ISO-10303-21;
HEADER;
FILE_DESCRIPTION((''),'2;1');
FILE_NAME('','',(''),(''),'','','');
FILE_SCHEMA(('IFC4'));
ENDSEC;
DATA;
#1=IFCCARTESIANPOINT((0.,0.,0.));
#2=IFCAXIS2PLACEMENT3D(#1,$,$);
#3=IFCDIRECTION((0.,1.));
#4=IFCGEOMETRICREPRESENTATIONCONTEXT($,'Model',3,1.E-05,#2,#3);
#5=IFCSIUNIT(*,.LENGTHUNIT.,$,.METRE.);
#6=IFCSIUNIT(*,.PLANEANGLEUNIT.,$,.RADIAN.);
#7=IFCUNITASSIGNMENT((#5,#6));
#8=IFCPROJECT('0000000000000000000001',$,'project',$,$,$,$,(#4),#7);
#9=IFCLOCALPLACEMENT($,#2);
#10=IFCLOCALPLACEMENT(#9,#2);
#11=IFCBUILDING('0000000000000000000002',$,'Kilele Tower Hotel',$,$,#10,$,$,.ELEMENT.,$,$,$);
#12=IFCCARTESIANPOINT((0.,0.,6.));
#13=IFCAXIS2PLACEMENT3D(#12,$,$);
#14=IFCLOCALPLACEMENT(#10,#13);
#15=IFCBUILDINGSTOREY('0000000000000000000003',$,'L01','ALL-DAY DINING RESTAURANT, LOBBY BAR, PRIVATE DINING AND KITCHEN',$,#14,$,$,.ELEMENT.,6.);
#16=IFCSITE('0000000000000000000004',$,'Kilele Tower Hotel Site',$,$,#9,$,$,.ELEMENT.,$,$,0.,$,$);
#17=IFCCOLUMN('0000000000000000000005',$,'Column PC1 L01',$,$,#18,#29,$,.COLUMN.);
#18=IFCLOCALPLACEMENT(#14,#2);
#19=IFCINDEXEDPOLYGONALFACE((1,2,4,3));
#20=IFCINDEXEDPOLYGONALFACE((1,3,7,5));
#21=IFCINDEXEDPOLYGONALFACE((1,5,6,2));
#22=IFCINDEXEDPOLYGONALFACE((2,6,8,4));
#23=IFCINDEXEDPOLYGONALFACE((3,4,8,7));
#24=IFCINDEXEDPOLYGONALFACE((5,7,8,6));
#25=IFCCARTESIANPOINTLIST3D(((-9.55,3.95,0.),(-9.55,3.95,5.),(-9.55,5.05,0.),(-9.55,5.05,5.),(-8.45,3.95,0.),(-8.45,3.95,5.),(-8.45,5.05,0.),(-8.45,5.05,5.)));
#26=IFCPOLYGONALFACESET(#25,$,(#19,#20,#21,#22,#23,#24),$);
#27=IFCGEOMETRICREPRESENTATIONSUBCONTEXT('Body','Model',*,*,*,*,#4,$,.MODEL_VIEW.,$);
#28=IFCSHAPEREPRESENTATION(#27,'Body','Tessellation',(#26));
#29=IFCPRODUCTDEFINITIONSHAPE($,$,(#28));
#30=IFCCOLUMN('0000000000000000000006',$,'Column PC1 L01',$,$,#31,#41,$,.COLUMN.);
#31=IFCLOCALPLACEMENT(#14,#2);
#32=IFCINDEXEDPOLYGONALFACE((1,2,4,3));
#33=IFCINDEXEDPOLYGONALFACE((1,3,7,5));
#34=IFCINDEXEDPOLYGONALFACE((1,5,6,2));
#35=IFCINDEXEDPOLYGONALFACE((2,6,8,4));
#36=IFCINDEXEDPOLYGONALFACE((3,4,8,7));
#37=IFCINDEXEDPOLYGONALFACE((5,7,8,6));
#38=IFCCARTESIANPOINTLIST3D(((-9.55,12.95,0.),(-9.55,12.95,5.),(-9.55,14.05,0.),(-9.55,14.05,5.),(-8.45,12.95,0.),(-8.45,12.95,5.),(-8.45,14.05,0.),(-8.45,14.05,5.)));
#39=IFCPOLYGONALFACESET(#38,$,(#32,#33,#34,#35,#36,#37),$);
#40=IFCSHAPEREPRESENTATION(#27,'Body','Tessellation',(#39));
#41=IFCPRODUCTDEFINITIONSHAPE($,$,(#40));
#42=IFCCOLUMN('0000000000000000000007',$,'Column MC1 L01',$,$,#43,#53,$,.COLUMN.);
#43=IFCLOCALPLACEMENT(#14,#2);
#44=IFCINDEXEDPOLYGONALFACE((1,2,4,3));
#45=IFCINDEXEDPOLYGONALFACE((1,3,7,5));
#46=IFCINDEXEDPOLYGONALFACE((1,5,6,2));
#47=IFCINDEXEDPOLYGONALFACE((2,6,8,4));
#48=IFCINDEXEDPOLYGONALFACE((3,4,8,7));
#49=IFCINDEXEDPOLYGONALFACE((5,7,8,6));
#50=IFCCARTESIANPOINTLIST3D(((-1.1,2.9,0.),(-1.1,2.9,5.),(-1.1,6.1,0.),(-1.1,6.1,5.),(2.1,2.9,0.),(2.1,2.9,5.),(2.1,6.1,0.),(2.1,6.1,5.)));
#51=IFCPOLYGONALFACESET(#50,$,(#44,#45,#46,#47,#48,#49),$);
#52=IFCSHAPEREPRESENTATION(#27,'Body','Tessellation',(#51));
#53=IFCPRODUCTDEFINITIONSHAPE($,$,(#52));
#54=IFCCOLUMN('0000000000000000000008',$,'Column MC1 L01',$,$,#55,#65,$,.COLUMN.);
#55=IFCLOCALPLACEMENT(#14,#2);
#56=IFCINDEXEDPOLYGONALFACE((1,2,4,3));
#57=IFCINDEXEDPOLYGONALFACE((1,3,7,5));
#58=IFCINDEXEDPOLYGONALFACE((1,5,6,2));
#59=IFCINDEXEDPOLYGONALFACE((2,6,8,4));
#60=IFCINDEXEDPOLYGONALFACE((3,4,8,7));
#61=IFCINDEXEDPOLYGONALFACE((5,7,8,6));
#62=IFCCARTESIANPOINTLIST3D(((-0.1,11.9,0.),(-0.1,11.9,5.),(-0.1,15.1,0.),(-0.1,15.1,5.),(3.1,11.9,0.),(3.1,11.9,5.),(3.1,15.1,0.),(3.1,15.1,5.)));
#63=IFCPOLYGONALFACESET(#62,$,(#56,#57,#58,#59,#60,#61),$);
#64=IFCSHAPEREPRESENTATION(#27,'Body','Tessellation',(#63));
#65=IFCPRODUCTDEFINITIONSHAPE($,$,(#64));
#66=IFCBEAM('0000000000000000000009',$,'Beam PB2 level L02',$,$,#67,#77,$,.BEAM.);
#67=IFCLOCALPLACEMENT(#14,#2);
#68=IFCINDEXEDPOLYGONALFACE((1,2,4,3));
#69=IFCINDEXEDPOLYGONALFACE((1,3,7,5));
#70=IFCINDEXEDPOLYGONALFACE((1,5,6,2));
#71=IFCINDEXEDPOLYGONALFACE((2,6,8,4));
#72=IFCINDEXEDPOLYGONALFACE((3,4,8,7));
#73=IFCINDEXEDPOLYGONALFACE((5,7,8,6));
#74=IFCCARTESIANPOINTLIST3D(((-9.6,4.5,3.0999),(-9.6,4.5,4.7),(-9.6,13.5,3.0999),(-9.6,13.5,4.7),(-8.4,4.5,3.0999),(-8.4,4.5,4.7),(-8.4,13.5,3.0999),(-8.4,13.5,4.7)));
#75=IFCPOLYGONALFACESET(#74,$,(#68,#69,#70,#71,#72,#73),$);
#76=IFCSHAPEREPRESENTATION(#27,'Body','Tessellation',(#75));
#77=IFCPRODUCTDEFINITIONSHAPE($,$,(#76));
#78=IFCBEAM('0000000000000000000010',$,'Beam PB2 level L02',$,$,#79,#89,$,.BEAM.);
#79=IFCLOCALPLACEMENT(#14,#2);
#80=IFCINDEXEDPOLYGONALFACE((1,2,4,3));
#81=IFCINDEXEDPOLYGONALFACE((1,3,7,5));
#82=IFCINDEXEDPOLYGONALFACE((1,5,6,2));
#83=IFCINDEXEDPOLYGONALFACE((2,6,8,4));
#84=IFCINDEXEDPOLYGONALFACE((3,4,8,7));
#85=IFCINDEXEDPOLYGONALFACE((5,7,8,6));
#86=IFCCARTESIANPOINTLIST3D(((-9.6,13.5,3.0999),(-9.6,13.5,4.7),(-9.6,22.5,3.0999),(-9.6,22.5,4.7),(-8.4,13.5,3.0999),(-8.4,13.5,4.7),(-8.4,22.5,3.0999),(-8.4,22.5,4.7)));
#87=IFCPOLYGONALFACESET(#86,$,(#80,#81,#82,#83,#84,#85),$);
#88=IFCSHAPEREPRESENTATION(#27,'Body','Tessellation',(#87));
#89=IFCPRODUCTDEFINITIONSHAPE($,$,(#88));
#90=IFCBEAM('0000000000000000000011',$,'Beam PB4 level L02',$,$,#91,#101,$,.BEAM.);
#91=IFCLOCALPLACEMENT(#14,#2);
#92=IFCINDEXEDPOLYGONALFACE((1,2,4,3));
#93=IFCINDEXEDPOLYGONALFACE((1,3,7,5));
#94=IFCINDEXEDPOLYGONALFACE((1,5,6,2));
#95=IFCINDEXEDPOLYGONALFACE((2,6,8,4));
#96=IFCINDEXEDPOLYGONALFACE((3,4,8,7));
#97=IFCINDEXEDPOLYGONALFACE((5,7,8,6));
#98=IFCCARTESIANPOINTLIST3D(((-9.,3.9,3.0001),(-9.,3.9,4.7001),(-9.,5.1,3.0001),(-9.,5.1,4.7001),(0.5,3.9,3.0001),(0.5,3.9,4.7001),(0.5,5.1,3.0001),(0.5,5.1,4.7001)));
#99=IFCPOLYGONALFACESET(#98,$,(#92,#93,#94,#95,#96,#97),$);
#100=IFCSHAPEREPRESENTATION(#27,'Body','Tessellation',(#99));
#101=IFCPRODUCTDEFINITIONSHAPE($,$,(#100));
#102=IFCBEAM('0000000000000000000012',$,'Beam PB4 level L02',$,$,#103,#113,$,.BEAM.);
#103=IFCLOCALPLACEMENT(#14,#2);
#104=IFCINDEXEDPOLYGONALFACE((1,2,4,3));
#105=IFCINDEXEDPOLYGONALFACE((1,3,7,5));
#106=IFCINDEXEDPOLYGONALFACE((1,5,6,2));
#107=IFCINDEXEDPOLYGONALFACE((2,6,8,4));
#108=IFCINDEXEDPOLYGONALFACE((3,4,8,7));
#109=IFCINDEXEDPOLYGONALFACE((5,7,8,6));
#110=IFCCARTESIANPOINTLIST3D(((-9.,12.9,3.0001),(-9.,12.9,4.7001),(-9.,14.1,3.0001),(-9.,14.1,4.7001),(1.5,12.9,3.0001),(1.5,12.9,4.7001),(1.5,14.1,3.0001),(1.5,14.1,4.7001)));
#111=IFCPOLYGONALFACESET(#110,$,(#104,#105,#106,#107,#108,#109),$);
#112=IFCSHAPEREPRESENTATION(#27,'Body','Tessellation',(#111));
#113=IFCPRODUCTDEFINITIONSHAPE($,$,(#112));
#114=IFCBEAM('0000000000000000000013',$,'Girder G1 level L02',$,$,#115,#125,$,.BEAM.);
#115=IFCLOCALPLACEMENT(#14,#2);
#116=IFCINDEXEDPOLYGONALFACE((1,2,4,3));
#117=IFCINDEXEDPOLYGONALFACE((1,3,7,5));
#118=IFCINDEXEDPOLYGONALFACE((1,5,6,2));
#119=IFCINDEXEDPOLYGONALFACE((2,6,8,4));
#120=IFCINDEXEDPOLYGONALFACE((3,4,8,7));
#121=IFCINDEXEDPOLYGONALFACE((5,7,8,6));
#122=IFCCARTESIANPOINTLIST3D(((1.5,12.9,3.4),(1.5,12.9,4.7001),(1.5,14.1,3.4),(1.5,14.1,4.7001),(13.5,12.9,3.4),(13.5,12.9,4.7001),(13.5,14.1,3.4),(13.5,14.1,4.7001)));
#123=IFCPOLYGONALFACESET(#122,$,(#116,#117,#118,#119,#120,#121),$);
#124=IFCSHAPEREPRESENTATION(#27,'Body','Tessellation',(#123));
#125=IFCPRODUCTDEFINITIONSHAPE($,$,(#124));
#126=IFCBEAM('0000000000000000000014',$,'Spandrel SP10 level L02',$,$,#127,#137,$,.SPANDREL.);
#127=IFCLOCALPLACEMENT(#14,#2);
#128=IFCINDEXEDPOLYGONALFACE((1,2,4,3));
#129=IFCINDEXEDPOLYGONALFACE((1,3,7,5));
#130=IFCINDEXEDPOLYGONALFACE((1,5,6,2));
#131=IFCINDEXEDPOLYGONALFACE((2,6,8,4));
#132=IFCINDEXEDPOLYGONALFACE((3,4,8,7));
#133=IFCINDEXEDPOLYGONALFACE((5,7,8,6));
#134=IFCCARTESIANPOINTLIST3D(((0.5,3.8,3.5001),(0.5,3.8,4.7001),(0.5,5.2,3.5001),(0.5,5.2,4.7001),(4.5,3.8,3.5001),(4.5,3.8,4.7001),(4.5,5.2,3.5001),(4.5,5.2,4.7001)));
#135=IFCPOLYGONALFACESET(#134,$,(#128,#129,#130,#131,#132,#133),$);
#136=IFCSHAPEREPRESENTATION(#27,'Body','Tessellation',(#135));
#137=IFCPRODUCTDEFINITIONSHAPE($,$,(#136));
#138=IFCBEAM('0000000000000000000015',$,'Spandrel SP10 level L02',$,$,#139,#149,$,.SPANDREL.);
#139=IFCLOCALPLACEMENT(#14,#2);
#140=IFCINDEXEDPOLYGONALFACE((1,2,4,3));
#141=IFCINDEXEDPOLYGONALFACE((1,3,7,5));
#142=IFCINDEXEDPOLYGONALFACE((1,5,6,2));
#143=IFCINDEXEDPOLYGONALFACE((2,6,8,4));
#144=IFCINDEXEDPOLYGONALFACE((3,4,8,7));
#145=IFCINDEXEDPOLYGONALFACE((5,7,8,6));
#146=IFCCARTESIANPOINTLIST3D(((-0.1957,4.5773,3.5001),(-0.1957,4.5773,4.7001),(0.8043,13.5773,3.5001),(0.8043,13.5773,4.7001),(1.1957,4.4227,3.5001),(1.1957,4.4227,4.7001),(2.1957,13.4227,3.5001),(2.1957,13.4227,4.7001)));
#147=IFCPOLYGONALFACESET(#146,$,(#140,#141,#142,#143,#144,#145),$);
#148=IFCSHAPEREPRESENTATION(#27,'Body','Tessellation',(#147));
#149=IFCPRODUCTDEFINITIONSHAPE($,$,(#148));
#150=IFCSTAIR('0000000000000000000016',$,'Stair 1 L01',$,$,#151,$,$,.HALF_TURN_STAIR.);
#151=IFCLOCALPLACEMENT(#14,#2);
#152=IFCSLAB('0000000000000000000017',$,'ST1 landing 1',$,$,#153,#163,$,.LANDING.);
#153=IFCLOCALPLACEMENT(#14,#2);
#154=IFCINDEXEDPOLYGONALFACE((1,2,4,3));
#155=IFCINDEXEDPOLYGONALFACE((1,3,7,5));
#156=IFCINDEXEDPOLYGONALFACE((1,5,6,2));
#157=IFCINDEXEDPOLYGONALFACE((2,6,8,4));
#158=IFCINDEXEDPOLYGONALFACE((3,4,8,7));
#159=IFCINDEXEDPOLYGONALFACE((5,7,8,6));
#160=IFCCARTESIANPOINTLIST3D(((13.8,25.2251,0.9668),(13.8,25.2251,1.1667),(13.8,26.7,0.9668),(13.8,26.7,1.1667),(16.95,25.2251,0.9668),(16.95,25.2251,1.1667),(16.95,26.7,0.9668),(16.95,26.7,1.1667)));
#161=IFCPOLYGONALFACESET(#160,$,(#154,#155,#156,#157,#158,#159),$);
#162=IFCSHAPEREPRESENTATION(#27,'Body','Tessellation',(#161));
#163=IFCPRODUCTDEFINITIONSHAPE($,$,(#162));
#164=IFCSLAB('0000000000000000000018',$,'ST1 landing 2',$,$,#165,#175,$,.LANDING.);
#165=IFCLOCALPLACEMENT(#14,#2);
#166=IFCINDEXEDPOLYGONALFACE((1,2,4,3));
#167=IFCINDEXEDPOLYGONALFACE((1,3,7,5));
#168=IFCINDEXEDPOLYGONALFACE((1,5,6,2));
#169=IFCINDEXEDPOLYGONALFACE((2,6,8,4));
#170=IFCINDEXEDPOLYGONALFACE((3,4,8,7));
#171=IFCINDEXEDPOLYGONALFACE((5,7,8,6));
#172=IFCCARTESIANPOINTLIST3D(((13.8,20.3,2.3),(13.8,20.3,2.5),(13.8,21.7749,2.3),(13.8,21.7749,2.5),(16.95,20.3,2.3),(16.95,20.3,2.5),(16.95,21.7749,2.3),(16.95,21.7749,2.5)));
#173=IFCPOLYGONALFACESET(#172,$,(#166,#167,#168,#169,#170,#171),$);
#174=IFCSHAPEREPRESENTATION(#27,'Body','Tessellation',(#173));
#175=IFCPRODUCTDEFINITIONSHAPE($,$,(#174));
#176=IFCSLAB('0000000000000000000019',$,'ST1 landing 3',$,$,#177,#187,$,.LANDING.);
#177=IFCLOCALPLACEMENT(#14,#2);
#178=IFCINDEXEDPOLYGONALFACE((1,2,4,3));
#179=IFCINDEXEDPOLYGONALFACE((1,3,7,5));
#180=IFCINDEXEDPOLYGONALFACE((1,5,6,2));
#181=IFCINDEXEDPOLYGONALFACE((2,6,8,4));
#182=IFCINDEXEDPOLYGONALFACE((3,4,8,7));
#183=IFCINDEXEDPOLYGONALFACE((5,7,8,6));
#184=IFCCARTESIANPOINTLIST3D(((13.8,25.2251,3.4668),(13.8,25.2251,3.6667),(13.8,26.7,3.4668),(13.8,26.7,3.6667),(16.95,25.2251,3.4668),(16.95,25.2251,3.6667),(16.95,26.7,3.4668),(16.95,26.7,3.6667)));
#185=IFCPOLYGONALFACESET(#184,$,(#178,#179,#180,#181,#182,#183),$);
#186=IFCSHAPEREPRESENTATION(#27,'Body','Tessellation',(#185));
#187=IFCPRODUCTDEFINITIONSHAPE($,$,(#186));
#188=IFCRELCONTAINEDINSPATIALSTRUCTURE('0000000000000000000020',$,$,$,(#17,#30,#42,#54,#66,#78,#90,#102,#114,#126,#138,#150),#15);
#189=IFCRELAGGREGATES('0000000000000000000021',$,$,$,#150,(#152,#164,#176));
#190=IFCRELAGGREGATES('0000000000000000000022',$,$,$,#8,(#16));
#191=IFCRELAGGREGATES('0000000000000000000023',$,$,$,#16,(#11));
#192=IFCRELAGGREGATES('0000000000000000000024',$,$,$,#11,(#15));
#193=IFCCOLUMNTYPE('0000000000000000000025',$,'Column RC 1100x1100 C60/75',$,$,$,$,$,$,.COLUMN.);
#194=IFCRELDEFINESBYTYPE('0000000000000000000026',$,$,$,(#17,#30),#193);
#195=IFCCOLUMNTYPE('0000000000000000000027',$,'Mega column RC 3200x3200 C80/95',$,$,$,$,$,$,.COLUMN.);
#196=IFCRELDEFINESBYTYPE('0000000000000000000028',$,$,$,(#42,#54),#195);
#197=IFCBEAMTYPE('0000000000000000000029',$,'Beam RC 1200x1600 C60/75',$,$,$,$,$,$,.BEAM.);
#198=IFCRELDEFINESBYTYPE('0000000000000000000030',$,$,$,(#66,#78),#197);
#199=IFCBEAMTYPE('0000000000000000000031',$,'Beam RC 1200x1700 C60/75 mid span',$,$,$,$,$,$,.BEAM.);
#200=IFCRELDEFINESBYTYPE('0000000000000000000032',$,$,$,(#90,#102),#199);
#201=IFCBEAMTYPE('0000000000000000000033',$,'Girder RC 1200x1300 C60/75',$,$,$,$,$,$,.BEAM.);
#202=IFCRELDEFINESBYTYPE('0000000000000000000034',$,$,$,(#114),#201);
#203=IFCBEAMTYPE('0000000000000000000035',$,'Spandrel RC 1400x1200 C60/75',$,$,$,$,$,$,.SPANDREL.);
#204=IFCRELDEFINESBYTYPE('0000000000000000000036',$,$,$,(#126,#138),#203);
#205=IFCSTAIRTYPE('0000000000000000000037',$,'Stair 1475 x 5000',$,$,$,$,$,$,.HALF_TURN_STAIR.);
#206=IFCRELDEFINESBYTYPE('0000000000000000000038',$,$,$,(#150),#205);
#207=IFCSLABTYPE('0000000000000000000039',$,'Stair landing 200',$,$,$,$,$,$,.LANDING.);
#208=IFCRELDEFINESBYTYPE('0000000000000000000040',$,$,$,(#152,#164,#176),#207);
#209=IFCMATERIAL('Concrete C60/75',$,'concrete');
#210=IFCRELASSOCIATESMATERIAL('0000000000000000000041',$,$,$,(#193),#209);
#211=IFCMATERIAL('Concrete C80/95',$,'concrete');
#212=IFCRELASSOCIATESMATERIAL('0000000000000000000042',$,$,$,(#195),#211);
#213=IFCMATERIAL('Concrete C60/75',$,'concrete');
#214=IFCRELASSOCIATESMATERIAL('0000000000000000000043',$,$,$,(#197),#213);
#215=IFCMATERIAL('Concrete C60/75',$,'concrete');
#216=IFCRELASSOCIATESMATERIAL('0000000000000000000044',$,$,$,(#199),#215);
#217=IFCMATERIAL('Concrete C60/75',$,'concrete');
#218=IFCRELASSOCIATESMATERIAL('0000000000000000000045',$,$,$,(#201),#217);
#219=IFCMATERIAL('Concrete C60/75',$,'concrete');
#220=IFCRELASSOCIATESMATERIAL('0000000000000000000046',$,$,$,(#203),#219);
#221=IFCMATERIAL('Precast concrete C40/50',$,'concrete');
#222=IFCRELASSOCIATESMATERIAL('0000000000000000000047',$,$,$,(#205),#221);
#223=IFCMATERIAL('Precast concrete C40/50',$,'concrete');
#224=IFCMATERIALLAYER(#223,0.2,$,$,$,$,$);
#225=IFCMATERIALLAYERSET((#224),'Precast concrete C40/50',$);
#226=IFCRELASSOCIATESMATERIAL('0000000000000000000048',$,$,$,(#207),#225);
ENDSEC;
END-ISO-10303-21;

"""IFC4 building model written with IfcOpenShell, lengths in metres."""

from ifc_helpers import new_model, si_unit, direction, frame, origin, origin_2d, place, context, subcontext, project, spatial, polyline, rectangle, outline, extrude, material, layer, layer_set, material_profile, profile_set, type_object, element, aggregate, save


model = new_model("IFC4")

# Units and contexts
model_context = context("Model", 3, precision=1e-05, world=origin(), true_north=direction((0.0, 1.0)))
body_context = subcontext(model_context, "Body", "Model", "MODEL_VIEW")
ifc_project = project(units=[si_unit("LENGTHUNIT", "METRE"), si_unit("PLANEANGLEUNIT", "RADIAN")], contexts=[model_context])

# Site, building, storey
site_placement = place(None, origin())
site = spatial("IfcSite", under=ifc_project, at=site_placement, Name="Kilele Tower Hotel Site", CompositionType="ELEMENT", RefElevation=0.0)
building_placement = place(site_placement, origin())
building = spatial("IfcBuilding", under=site, at=building_placement, Name="Kilele Tower Hotel", CompositionType="ELEMENT")
storey_placement = place(building_placement, frame((0.0, 0.0, 6.0)))
storey = spatial("IfcBuildingStorey", under=building, at=storey_placement, Name="L01", Description="ALL-DAY DINING RESTAURANT, LOBBY BAR, PRIVATE DINING AND KITCHEN", CompositionType="ELEMENT", Elevation=6.0)

# Columns
ifc_material_1 = material(Name="Concrete C60/75", Category="concrete")
ifc_material_profile_1 = material_profile(ifc_material_1, rectangle(XDim=1.1001, YDim=1.1001, at=origin_2d()))
ifc_profile_set_1 = profile_set([ifc_material_profile_1], Name="Concrete C60/75")
column_type_1 = type_object("IfcColumnType", Name="Column RC 1100x1100 C60/75", PredefinedType="COLUMN", material=ifc_profile_set_1)
for number, where, z_axis, x_axis, name in (
    (1, (-9.0, 4.5, 0.0), (0.0, 0.0, 1.0), (1.0, 0.0, 0.0), "Column PC1 L01"),
    (2, (-9.0, 13.5, 0.0), (0.0, 0.0, 1.0), (1.0, 0.0, 0.0), "Column PC1 L01"),
):
    element("IfcColumn", number, at=place(storey_placement, frame(where, z_axis=z_axis, x_axis=x_axis)), inside=storey, type_object=column_type_1, Name=name, PredefinedType="COLUMN", context=body_context, shape_type="SweptSolid", body=[
        extrude(rectangle(XDim=1.1001, YDim=1.1001, at=origin_2d()), origin(), (0.0, 0.0, 1.0), 5.0),
    ])
ifc_material_2 = material(Name="Concrete C80/95", Category="concrete")
ifc_material_profile_2 = material_profile(ifc_material_2, rectangle(XDim=3.2, YDim=3.2, at=origin_2d()))
ifc_profile_set_2 = profile_set([ifc_material_profile_2], Name="Concrete C80/95")
column_type_2 = type_object("IfcColumnType", Name="Mega column RC 3200x3200 C80/95", PredefinedType="COLUMN", material=ifc_profile_set_2)
for number, where, z_axis, x_axis, name in (
    (3, (0.5, 4.5, 0.0), (0.0, 0.0, 1.0), (1.0, 0.0, 0.0), "Column MC1 L01"),
    (4, (1.5, 13.5, 0.0), (0.0, 0.0, 1.0), (1.0, 0.0, 0.0), "Column MC1 L01"),
):
    element("IfcColumn", number, at=place(storey_placement, frame(where, z_axis=z_axis, x_axis=x_axis)), inside=storey, type_object=column_type_2, Name=name, PredefinedType="COLUMN", context=body_context, shape_type="SweptSolid", body=[
        extrude(rectangle(XDim=3.2, YDim=3.2, at=origin_2d()), origin(), (0.0, 0.0, 1.0), 5.0),
    ])

# Beams
ifc_material_3 = material(Name="Concrete C60/75", Category="concrete")
ifc_material_profile_3 = material_profile(ifc_material_3, rectangle(XDim=1.2, YDim=1.6001, at=origin_2d()))
ifc_profile_set_3 = profile_set([ifc_material_profile_3], Name="Concrete C60/75")
beam_type_1 = type_object("IfcBeamType", Name="Beam RC 1200x1600 C60/75", PredefinedType="BEAM", material=ifc_profile_set_3)
for number, where, z_axis, x_axis, name in (
    (5, (-9.0, 4.5, 3.8999), (0.0, 1.0, 0.0), (-1.0, 0.0, 0.0), "Beam PB2 level L02"),
    (6, (-9.0, 13.5, 3.8999), (0.0, 1.0, 0.0), (-1.0, 0.0, 0.0), "Beam PB2 level L02"),
):
    element("IfcBeam", number, at=place(storey_placement, frame(where, z_axis=z_axis, x_axis=x_axis)), inside=storey, type_object=beam_type_1, Name=name, PredefinedType="BEAM", context=body_context, shape_type="SweptSolid", body=[
        extrude(rectangle(XDim=1.2, YDim=1.6001, at=origin_2d()), origin(), (0.0, 0.0, 1.0), 9.0),
    ])
ifc_material_4 = material(Name="Concrete C60/75", Category="concrete")
ifc_material_profile_4 = material_profile(ifc_material_4, rectangle(XDim=1.2, YDim=1.7, at=origin_2d()))
ifc_profile_set_4 = profile_set([ifc_material_profile_4], Name="Concrete C60/75")
beam_type_2 = type_object("IfcBeamType", Name="Beam RC 1200x1700 C60/75 mid span", PredefinedType="BEAM", material=ifc_profile_set_4)
beam_1_placement = place(storey_placement, frame((-9.0, 4.5, 3.8501), z_axis=(1.0, 0.0, 0.0), x_axis=(0.0, 1.0, 0.0)))
element("IfcBeam", 7, at=beam_1_placement, inside=storey, type_object=beam_type_2, Name="Beam PB4 level L02", PredefinedType="BEAM", context=body_context, shape_type="SweptSolid", body=[
    extrude(rectangle(XDim=1.2, YDim=1.7, at=origin_2d()), origin(), (0.0, 0.0, 1.0), 9.5),
])
beam_2_placement = place(storey_placement, frame((-9.0, 13.5, 3.8501), z_axis=(1.0, 0.0, 0.0), x_axis=(0.0, 1.0, 0.0)))
element("IfcBeam", 8, at=beam_2_placement, inside=storey, type_object=beam_type_2, Name="Beam PB4 level L02", PredefinedType="BEAM", context=body_context, shape_type="SweptSolid", body=[
    extrude(rectangle(XDim=1.2, YDim=1.7, at=origin_2d()), origin(), (0.0, 0.0, 1.0), 10.5),
])
ifc_material_5 = material(Name="Concrete C60/75", Category="concrete")
ifc_material_profile_5 = material_profile(ifc_material_5, rectangle(XDim=1.2, YDim=1.3, at=origin_2d()))
ifc_profile_set_5 = profile_set([ifc_material_profile_5], Name="Concrete C60/75")
beam_type_3 = type_object("IfcBeamType", Name="Girder RC 1200x1300 C60/75", PredefinedType="BEAM", material=ifc_profile_set_5)
beam_3_placement = place(storey_placement, frame((1.5, 13.5, 4.05), z_axis=(1.0, 0.0, 0.0), x_axis=(0.0, 1.0, 0.0)))
element("IfcBeam", 9, at=beam_3_placement, inside=storey, type_object=beam_type_3, Name="Girder G1 level L02", PredefinedType="BEAM", context=body_context, shape_type="SweptSolid", body=[
    extrude(rectangle(XDim=1.2, YDim=1.3, at=origin_2d()), origin(), (0.0, 0.0, 1.0), 12.0),
])
ifc_material_6 = material(Name="Concrete C60/75", Category="concrete")
ifc_material_profile_6 = material_profile(ifc_material_6, rectangle(XDim=1.3999, YDim=1.2, at=origin_2d()))
ifc_profile_set_6 = profile_set([ifc_material_profile_6], Name="Concrete C60/75")
beam_type_4 = type_object("IfcBeamType", Name="Spandrel RC 1400x1200 C60/75", PredefinedType="SPANDREL", material=ifc_profile_set_6)
beam_4_placement = place(storey_placement, frame((0.5, 4.5, 4.1001), z_axis=(1.0, 0.0, 0.0), x_axis=(0.0, 1.0, 0.0)))
element("IfcBeam", 10, at=beam_4_placement, inside=storey, type_object=beam_type_4, Name="Spandrel SP10 level L02", PredefinedType="SPANDREL", context=body_context, shape_type="SweptSolid", body=[
    extrude(rectangle(XDim=1.3999, YDim=1.2, at=origin_2d()), origin(), (0.0, 0.0, 1.0), 4.0),
])
beam_5_placement = place(storey_placement, frame((1.5, 13.5, 4.1001), z_axis=(-0.110432, -0.993884, 0.0), x_axis=(0.993884, -0.110432, 0.0)))
element("IfcBeam", 11, at=beam_5_placement, inside=storey, type_object=beam_type_4, Name="Spandrel SP10 level L02", PredefinedType="SPANDREL", context=body_context, shape_type="SweptSolid", body=[
    extrude(rectangle(XDim=1.3999, YDim=1.2, at=origin_2d()), origin(), (0.0, 0.0, 1.0), 9.0554),
])

# Stair, slabs
ifc_material_7 = material(Name="Precast concrete C40/50", Category="concrete")
stair_type_1 = type_object("IfcStairType", Name="Stair 1475 x 5000", PredefinedType="HALF_TURN_STAIR", material=ifc_material_7)
stair_1_placement = place(storey_placement, origin())
stair_1 = element("IfcStair", 12, at=stair_1_placement, inside=storey, type_object=stair_type_1, Name="Stair 1 L01", PredefinedType="HALF_TURN_STAIR")
ifc_material_8 = material(Name="Precast concrete C40/50", Category="concrete")
ifc_layer_1 = layer(ifc_material_8, 0.2)
ifc_layer_set_1 = layer_set([ifc_layer_1], Name="Precast concrete C40/50")
slab_type = type_object("IfcSlabType", Name="Stair landing 200", PredefinedType="LANDING", material=ifc_layer_set_1)
slab_1_placement = place(storey_placement, frame((0.0, 0.0, 0.9668)))
slab_1 = element("IfcSlab", 13, at=slab_1_placement, type_object=slab_type, Name="ST1 landing 1", PredefinedType="LANDING", context=body_context, shape_type="SweptSolid", body=[
    extrude(outline(polyline([(13.8, 25.2251), (16.95, 25.2251), (16.95, 26.7), (13.8, 26.7), (13.8, 25.2251)])), origin(), (0.0, 0.0, 1.0), 0.2),
])
slab_2_placement = place(storey_placement, frame((0.0, 0.0, 2.3)))
slab_2 = element("IfcSlab", 14, at=slab_2_placement, type_object=slab_type, Name="ST1 landing 2", PredefinedType="LANDING", context=body_context, shape_type="SweptSolid", body=[
    extrude(outline(polyline([(13.8, 20.3), (16.95, 20.3), (16.95, 21.7749), (13.8, 21.7749), (13.8, 20.3)])), origin(), (0.0, 0.0, 1.0), 0.2),
])
slab_3_placement = place(storey_placement, frame((0.0, 0.0, 3.4668)))
slab_3 = element("IfcSlab", 15, at=slab_3_placement, type_object=slab_type, Name="ST1 landing 3", PredefinedType="LANDING", context=body_context, shape_type="SweptSolid", body=[
    extrude(outline(polyline([(13.8, 25.2251), (16.95, 25.2251), (16.95, 26.7), (13.8, 26.7), (13.8, 25.2251)])), origin(), (0.0, 0.0, 1.0), 0.2),
])
aggregate(stair_1, [slab_1, slab_2, slab_3])

save(model, "model.ifc")
